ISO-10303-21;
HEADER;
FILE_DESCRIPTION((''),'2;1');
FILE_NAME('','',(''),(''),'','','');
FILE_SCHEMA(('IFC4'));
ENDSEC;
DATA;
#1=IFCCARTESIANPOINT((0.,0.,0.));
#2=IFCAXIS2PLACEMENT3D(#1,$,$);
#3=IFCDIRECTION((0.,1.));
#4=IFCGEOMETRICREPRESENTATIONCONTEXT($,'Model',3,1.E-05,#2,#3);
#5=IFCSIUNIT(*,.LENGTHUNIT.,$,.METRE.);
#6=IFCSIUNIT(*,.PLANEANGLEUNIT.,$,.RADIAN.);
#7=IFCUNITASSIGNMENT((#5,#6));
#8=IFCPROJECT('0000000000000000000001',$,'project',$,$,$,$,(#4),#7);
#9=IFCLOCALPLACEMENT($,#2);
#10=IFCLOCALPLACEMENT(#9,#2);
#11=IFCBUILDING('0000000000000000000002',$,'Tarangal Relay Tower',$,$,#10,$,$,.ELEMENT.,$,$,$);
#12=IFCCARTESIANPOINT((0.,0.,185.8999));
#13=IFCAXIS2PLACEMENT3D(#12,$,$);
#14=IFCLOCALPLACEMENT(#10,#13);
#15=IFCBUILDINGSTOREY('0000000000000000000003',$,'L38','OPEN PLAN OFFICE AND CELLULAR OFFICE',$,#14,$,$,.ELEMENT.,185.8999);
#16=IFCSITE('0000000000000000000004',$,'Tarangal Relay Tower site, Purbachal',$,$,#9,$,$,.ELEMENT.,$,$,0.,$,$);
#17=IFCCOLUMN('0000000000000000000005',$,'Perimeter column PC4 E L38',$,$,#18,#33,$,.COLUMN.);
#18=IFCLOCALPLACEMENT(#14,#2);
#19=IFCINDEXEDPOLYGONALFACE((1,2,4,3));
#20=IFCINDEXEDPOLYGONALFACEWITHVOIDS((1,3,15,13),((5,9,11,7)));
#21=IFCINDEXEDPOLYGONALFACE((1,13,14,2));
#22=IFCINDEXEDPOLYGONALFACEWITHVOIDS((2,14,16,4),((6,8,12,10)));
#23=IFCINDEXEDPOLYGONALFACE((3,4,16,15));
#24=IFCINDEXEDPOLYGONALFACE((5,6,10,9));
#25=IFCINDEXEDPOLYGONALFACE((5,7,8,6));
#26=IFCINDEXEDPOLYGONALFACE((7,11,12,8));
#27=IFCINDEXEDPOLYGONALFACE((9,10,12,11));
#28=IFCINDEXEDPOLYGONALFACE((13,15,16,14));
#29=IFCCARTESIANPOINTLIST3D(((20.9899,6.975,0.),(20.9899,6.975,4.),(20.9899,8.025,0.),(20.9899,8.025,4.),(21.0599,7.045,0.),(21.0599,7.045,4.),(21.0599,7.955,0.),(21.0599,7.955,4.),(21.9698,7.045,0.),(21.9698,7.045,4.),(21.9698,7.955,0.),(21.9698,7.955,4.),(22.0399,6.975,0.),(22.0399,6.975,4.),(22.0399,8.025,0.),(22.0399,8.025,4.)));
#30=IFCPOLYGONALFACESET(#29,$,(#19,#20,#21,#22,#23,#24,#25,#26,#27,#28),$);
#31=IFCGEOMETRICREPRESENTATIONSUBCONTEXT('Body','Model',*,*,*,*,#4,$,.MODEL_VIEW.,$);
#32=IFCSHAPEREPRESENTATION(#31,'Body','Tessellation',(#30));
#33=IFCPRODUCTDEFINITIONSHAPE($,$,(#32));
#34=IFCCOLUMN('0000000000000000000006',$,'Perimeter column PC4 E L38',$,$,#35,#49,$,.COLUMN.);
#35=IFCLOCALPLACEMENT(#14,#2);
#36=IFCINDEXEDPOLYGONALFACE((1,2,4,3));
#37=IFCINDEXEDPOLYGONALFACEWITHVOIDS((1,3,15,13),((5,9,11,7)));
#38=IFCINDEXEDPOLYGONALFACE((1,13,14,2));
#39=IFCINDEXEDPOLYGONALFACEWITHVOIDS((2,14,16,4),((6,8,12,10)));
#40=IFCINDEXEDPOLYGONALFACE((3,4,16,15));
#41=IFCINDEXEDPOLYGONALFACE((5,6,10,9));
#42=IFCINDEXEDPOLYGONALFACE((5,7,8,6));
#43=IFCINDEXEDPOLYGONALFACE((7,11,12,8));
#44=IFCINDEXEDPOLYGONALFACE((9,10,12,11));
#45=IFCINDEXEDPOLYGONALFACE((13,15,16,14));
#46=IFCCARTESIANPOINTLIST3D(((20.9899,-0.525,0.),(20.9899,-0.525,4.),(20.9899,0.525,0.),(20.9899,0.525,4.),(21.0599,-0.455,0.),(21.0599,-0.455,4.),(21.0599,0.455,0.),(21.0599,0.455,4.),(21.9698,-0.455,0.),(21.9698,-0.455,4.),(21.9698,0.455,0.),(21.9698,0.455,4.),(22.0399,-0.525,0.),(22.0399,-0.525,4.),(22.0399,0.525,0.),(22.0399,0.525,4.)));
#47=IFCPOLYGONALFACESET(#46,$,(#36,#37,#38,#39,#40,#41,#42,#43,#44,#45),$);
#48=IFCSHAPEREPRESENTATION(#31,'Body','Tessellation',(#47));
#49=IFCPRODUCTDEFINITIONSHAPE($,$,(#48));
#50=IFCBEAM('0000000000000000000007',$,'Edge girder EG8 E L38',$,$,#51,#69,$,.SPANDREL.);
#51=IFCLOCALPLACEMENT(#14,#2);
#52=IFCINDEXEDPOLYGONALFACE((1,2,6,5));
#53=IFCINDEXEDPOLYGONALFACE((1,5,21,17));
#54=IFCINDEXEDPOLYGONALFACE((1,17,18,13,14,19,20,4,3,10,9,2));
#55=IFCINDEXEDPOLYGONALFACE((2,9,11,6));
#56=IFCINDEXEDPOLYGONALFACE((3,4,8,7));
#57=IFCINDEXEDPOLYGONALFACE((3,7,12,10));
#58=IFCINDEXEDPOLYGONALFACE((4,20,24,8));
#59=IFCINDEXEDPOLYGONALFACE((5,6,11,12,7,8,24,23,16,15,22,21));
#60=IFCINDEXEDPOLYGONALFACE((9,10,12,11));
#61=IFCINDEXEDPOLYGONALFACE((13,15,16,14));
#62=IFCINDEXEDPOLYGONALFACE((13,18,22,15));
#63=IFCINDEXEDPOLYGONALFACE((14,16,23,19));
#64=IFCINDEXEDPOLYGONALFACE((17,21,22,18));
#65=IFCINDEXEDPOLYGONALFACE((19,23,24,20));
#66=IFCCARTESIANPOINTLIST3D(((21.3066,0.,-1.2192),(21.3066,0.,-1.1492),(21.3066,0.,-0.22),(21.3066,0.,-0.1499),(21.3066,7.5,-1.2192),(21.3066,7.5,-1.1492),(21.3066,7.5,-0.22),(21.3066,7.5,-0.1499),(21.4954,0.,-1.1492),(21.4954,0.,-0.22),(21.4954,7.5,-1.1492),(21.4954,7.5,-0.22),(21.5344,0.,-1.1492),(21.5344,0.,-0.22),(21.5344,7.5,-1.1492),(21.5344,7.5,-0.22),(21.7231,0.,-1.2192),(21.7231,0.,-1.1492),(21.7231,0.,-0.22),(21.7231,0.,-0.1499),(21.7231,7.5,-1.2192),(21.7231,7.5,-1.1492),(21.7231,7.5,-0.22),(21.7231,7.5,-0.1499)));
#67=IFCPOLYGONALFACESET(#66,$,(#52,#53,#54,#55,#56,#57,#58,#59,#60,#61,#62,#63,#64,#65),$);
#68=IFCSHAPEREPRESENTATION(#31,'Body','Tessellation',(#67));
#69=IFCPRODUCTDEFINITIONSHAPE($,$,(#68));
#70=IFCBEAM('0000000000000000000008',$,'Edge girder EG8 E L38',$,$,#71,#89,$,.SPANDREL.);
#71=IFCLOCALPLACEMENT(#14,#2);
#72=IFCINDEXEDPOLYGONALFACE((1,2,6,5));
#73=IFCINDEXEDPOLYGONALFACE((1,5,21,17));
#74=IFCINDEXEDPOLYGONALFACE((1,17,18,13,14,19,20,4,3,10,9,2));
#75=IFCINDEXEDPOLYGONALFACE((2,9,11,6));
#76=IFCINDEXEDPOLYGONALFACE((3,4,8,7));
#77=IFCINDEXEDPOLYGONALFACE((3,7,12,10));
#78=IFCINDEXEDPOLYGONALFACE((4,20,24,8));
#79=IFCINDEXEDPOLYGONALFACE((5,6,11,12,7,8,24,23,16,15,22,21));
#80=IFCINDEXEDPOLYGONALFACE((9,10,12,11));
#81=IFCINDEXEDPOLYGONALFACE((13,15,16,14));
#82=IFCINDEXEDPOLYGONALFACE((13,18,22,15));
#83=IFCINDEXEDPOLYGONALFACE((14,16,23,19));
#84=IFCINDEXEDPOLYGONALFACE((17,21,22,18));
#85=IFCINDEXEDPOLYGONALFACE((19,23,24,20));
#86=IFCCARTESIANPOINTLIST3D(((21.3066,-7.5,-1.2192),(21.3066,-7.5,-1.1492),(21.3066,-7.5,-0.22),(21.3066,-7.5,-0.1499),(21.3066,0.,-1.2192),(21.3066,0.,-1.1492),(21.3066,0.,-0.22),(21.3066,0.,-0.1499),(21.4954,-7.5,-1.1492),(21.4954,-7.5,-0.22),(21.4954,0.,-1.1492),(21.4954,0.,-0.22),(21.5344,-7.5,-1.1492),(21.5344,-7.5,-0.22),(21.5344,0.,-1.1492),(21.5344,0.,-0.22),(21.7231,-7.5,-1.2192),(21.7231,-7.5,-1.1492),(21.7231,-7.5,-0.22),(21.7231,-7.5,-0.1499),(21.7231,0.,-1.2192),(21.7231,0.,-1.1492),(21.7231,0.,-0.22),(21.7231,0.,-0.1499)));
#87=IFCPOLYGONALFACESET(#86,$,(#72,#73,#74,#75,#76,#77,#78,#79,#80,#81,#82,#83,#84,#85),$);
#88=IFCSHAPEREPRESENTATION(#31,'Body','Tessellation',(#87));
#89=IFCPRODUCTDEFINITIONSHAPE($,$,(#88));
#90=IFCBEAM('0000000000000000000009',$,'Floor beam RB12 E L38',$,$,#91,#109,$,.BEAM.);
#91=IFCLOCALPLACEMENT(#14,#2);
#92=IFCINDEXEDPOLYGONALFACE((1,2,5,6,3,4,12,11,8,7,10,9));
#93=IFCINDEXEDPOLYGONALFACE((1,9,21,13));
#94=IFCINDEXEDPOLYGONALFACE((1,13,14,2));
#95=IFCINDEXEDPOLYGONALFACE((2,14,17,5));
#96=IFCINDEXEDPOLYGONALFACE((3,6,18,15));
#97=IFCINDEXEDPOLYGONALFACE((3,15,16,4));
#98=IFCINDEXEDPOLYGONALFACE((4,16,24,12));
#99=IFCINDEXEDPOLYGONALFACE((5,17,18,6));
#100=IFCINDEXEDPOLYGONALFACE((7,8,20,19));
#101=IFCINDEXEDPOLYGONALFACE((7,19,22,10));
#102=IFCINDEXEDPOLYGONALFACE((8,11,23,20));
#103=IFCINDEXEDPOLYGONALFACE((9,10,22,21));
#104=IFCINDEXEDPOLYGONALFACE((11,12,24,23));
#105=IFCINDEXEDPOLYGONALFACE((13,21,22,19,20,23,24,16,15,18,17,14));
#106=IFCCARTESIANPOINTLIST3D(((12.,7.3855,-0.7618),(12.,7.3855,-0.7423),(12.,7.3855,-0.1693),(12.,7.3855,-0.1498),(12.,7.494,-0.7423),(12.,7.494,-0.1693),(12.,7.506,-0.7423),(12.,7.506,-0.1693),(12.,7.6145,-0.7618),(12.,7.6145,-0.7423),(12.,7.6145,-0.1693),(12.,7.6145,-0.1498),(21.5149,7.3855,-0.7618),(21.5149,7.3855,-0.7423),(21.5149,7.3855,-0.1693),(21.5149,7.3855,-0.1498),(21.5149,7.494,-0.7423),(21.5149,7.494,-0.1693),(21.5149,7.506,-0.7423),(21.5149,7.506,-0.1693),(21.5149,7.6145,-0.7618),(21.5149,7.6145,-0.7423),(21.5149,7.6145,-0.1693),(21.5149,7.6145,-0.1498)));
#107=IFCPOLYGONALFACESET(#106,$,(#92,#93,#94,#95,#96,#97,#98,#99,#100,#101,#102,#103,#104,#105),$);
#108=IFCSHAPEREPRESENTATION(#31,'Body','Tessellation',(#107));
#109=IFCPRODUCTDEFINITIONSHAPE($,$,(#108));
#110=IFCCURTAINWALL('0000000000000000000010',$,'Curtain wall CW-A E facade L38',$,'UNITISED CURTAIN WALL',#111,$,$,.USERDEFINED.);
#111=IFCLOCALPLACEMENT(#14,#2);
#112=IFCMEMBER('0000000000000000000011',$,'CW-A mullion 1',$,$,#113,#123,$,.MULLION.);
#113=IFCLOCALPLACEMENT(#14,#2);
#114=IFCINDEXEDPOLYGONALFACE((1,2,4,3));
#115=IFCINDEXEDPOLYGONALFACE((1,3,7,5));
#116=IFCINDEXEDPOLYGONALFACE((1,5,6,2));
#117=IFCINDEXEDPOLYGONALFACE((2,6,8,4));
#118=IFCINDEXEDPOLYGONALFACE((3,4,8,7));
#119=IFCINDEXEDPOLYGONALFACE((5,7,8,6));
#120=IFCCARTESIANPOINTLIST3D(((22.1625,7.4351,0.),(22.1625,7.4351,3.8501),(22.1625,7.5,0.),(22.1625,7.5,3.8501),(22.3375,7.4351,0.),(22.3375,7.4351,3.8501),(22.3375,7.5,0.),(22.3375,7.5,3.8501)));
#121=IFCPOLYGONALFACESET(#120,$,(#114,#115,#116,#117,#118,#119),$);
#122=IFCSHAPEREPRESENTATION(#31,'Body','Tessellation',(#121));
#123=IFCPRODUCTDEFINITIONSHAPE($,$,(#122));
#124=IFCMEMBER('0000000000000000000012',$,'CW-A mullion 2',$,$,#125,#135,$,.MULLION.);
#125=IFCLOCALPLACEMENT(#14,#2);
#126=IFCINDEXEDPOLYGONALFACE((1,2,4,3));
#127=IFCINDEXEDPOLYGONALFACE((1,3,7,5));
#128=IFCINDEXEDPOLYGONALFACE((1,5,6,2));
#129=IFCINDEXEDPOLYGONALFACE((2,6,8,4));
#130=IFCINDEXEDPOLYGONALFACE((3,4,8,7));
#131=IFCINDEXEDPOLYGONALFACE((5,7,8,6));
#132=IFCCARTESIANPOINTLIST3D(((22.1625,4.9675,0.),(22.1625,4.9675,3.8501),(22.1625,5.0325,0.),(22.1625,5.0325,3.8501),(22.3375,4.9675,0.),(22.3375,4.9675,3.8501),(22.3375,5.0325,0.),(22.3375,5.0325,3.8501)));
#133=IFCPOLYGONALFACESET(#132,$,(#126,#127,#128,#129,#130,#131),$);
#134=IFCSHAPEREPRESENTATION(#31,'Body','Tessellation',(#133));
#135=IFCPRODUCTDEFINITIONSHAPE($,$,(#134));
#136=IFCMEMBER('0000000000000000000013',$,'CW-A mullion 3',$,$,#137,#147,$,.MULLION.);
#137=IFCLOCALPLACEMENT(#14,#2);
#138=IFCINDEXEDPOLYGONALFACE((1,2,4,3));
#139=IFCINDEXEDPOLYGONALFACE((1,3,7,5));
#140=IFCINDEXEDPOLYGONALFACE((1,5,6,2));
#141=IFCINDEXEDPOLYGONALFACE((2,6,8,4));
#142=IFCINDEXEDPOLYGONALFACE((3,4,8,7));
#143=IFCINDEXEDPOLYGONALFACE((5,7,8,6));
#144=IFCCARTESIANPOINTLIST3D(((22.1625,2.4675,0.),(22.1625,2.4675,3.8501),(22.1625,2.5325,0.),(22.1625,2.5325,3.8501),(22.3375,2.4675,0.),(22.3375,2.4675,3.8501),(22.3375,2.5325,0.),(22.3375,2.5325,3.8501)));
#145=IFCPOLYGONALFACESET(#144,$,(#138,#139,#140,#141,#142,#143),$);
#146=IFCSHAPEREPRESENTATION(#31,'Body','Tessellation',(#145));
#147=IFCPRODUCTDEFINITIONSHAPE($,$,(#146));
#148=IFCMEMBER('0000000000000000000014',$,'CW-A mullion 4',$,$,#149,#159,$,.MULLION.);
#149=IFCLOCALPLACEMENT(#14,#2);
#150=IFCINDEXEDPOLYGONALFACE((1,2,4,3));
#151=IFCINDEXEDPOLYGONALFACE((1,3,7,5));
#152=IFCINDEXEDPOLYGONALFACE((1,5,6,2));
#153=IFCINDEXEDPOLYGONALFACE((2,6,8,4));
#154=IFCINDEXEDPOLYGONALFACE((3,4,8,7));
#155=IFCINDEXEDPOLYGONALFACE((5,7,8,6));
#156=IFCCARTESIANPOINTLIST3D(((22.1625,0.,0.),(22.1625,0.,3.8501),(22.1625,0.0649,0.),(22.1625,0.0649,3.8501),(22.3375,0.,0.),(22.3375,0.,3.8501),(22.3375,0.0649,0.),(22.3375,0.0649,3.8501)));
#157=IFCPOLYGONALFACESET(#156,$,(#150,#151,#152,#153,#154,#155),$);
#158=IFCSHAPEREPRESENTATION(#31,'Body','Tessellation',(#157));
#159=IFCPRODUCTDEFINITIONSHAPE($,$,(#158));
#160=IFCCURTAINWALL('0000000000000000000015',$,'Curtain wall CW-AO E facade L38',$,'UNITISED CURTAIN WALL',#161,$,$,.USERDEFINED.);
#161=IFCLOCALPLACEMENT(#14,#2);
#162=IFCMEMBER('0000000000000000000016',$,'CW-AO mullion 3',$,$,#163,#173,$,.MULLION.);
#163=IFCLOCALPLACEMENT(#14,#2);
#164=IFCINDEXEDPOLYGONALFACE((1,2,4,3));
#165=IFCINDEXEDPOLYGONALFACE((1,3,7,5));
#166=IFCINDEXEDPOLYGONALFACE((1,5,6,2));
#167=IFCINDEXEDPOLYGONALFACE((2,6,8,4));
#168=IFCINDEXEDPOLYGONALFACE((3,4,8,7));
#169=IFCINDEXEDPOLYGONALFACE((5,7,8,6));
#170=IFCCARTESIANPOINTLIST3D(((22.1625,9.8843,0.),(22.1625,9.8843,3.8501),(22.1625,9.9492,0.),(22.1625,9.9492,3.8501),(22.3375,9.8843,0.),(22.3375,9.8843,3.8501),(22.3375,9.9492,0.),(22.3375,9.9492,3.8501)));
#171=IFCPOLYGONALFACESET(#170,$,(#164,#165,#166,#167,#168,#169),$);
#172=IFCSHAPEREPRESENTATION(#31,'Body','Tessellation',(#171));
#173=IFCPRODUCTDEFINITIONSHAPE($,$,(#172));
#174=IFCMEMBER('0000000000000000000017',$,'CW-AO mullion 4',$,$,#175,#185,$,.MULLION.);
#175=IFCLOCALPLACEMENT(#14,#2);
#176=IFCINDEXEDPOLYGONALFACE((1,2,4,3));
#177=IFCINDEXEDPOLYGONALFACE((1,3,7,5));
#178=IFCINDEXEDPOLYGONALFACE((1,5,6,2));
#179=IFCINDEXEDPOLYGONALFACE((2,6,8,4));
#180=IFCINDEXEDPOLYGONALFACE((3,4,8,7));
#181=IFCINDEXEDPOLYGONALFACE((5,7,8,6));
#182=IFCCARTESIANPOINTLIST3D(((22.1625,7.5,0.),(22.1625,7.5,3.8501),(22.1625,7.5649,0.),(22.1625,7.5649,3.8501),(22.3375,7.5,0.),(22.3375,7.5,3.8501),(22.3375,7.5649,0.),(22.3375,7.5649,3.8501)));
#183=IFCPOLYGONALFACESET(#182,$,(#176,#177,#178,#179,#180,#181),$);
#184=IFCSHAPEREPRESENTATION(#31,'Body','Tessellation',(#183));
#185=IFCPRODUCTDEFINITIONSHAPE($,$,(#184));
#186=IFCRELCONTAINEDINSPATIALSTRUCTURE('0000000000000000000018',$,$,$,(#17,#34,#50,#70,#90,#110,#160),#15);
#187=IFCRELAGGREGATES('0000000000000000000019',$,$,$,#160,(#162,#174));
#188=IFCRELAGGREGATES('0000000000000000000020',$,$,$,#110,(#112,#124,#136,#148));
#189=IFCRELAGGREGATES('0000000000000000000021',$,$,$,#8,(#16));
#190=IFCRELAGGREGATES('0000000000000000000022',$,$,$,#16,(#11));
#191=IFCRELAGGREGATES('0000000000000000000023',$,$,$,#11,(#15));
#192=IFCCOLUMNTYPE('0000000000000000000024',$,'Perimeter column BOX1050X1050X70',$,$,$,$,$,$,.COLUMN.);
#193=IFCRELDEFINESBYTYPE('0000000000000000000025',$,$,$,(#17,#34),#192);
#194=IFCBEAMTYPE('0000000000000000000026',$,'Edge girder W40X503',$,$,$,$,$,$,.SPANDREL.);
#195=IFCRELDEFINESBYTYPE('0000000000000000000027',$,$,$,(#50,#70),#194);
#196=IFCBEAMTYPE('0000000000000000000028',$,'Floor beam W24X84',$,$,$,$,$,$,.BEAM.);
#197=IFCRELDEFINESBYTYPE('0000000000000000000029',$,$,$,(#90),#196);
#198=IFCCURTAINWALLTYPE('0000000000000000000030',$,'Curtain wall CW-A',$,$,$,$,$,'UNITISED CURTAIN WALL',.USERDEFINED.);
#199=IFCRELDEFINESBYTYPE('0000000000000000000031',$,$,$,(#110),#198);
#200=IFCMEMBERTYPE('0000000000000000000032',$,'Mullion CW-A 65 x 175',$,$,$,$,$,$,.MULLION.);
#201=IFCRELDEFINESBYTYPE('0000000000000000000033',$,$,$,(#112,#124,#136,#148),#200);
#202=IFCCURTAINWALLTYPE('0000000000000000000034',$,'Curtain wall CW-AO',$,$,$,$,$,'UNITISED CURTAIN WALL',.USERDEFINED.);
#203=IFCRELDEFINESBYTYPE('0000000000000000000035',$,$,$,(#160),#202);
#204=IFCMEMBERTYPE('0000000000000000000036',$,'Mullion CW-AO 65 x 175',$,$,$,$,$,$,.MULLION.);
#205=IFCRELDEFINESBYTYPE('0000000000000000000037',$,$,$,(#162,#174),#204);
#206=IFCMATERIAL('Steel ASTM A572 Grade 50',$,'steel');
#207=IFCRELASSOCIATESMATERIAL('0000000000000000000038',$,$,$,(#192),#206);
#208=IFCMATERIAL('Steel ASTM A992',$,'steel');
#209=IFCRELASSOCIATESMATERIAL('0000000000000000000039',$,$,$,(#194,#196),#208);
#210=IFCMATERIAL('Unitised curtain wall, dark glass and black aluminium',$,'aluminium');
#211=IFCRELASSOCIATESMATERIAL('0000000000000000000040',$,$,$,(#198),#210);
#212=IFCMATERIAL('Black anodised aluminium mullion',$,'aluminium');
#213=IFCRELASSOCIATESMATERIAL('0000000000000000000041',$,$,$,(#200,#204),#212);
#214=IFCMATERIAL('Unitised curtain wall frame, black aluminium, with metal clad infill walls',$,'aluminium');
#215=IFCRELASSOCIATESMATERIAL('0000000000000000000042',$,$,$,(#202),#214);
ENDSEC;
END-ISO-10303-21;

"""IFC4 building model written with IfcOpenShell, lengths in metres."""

from ifc_helpers import new_model, si_unit, direction, frame, origin, origin_2d, place, context, subcontext, project, spatial, rectangle, hollow_rectangle, i_section, extrude, material, material_profile, profile_set, type_object, element, aggregate, save


model = new_model("IFC4")

# Units and contexts
model_context = context("Model", 3, precision=1e-05, world=origin(), true_north=direction((0.0, 1.0)))
body_context = subcontext(model_context, "Body", "Model", "MODEL_VIEW")
ifc_project = project(units=[si_unit("LENGTHUNIT", "METRE"), si_unit("PLANEANGLEUNIT", "RADIAN")], contexts=[model_context])

# Site, building, storey
site_placement = place(None, origin())
site = spatial("IfcSite", under=ifc_project, at=site_placement, Name="Tarangal Relay Tower site, Purbachal", CompositionType="ELEMENT", RefElevation=0.0)
building_placement = place(site_placement, origin())
building = spatial("IfcBuilding", under=site, at=building_placement, Name="Tarangal Relay Tower", CompositionType="ELEMENT")
storey_placement = place(building_placement, frame((0.0, 0.0, 185.8999)))
storey = spatial("IfcBuildingStorey", under=building, at=storey_placement, Name="L38", Description="OPEN PLAN OFFICE AND CELLULAR OFFICE", CompositionType="ELEMENT", Elevation=185.8999)

# Columns
ifc_material_1 = material(Name="Steel ASTM A572 Grade 50", Category="steel")
ifc_material_profile_1 = material_profile(ifc_material_1, hollow_rectangle(XDim=1.05, YDim=1.05, WallThickness=0.0701, at=origin_2d()), Name="BOX1050X1050X70")
ifc_profile_set_1 = profile_set([ifc_material_profile_1], Name="Steel ASTM A572 Grade 50")
column_type = type_object("IfcColumnType", Name="Perimeter column BOX1050X1050X70", PredefinedType="COLUMN", material=ifc_profile_set_1)
for number, where, z_axis, x_axis, name in (
    (1, (21.5149, 7.5, 0.0), (0.0, 0.0, 1.0), (1.0, 0.0, 0.0), "Perimeter column PC4 E L38"),
    (2, (21.5149, 0.0, 0.0), (0.0, 0.0, 1.0), (1.0, 0.0, 0.0), "Perimeter column PC4 E L38"),
):
    element("IfcColumn", number, at=place(storey_placement, frame(where, z_axis=z_axis, x_axis=x_axis)), inside=storey, type_object=column_type, Name=name, PredefinedType="COLUMN", context=body_context, shape_type="SweptSolid", body=[
        extrude(hollow_rectangle(XDim=1.05, YDim=1.05, WallThickness=0.0701, at=origin_2d()), origin(), (0.0, 0.0, 1.0), 4.0),
    ])

# Beams
ifc_material_2 = material(Name="Steel ASTM A992", Category="steel")
ifc_material_profile_2 = material_profile(ifc_material_2, i_section(OverallWidth=0.4165, OverallDepth=1.0693, WebThickness=0.0391, FlangeThickness=0.0701, at=origin_2d()), Name="W40X503")
ifc_profile_set_2 = profile_set([ifc_material_profile_2], Name="Steel ASTM A992")
beam_type_1 = type_object("IfcBeamType", Name="Edge girder W40X503", PredefinedType="SPANDREL", material=ifc_profile_set_2)
for number, where, z_axis, x_axis, name in (
    (3, (21.5149, 7.5, -0.6846), (0.0, -1.0, 0.0), (1.0, 0.0, 0.0), "Edge girder EG8 E L38"),
    (4, (21.5149, 0.0, -0.6846), (0.0, -1.0, 0.0), (1.0, 0.0, 0.0), "Edge girder EG8 E L38"),
):
    element("IfcBeam", number, at=place(storey_placement, frame(where, z_axis=z_axis, x_axis=x_axis)), inside=storey, type_object=beam_type_1, Name=name, PredefinedType="SPANDREL", context=body_context, shape_type="SweptSolid", body=[
        extrude(i_section(OverallWidth=0.4165, OverallDepth=1.0693, WebThickness=0.0391, FlangeThickness=0.0701, at=origin_2d()), origin(), (0.0, 0.0, 1.0), 7.5),
    ])
ifc_material_profile_3 = material_profile(ifc_material_2, i_section(OverallWidth=0.229, OverallDepth=0.6121, WebThickness=0.012, FlangeThickness=0.0195, at=origin_2d()), Name="W24X84")
ifc_profile_set_3 = profile_set([ifc_material_profile_3], Name="Steel ASTM A992")
beam_type_2 = type_object("IfcBeamType", Name="Floor beam W24X84", PredefinedType="BEAM", material=ifc_profile_set_3)
beam_placement = place(storey_placement, frame((12.0, 7.5, -0.4558), z_axis=(1.0, 0.0, 0.0), x_axis=(0.0, 1.0, 0.0)))
element("IfcBeam", 5, at=beam_placement, inside=storey, type_object=beam_type_2, Name="Floor beam RB12 E L38", PredefinedType="BEAM", context=body_context, shape_type="SweptSolid", body=[
    extrude(i_section(OverallWidth=0.229, OverallDepth=0.6121, WebThickness=0.012, FlangeThickness=0.0195, at=origin_2d()), origin(), (0.0, 0.0, 1.0), 9.5149),
])

# Curtain walls, members
ifc_material_3 = material(Name="Unitised curtain wall, dark glass and black aluminium", Category="aluminium")
curtain_wall_type_1 = type_object("IfcCurtainWallType", Name="Curtain wall CW-A", ElementType="UNITISED CURTAIN WALL", PredefinedType="USERDEFINED", material=ifc_material_3)
curtain_wall_1_placement = place(storey_placement, origin())
curtain_wall_1 = element("IfcCurtainWall", 6, at=curtain_wall_1_placement, inside=storey, type_object=curtain_wall_type_1, Name="Curtain wall CW-A E facade L38", ObjectType="UNITISED CURTAIN WALL", PredefinedType="USERDEFINED")
ifc_material_4 = material(Name="Black anodised aluminium mullion", Category="aluminium")
ifc_material_profile_4 = material_profile(ifc_material_4, rectangle(XDim=0.175, YDim=0.0649, at=origin_2d()), Name="CW-AM 65X175")
ifc_profile_set_4 = profile_set([ifc_material_profile_4], Name="Black anodised aluminium mullion")
member_type_1 = type_object("IfcMemberType", Name="Mullion CW-A 65 x 175", PredefinedType="MULLION", material=ifc_profile_set_4)
member_1_placement = place(storey_placement, frame((22.25, 7.4675, 0.0), z_axis=(0.0, 0.0, 1.0), x_axis=(1.0, 0.0, 0.0)))
member_1 = element("IfcMember", 7, at=member_1_placement, type_object=member_type_1, Name="CW-A mullion 1", PredefinedType="MULLION", context=body_context, shape_type="SweptSolid", body=[
    extrude(rectangle(XDim=0.175, YDim=0.0649, at=origin_2d()), origin(), (0.0, 0.0, 1.0), 3.8501),
])
member_2_placement = place(storey_placement, frame((22.25, 5.0, 0.0), z_axis=(0.0, 0.0, 1.0), x_axis=(1.0, 0.0, 0.0)))
member_2 = element("IfcMember", 8, at=member_2_placement, type_object=member_type_1, Name="CW-A mullion 2", PredefinedType="MULLION", context=body_context, shape_type="SweptSolid", body=[
    extrude(rectangle(XDim=0.175, YDim=0.0649, at=origin_2d()), origin(), (0.0, 0.0, 1.0), 3.8501),
])
member_3_placement = place(storey_placement, frame((22.25, 2.5, 0.0), z_axis=(0.0, 0.0, 1.0), x_axis=(1.0, 0.0, 0.0)))
member_3 = element("IfcMember", 9, at=member_3_placement, type_object=member_type_1, Name="CW-A mullion 3", PredefinedType="MULLION", context=body_context, shape_type="SweptSolid", body=[
    extrude(rectangle(XDim=0.175, YDim=0.0649, at=origin_2d()), origin(), (0.0, 0.0, 1.0), 3.8501),
])
member_4_placement = place(storey_placement, frame((22.25, 0.0325, 0.0), z_axis=(0.0, 0.0, 1.0), x_axis=(1.0, 0.0, 0.0)))
member_4 = element("IfcMember", 10, at=member_4_placement, type_object=member_type_1, Name="CW-A mullion 4", PredefinedType="MULLION", context=body_context, shape_type="SweptSolid", body=[
    extrude(rectangle(XDim=0.175, YDim=0.0649, at=origin_2d()), origin(), (0.0, 0.0, 1.0), 3.8501),
])
ifc_material_5 = material(Name="Unitised curtain wall frame, black aluminium, with metal clad infill walls", Category="aluminium")
curtain_wall_type_2 = type_object("IfcCurtainWallType", Name="Curtain wall CW-AO", ElementType="UNITISED CURTAIN WALL", PredefinedType="USERDEFINED", material=ifc_material_5)
curtain_wall_2_placement = place(storey_placement, origin())
curtain_wall_2 = element("IfcCurtainWall", 11, at=curtain_wall_2_placement, inside=storey, type_object=curtain_wall_type_2, Name="Curtain wall CW-AO E facade L38", ObjectType="UNITISED CURTAIN WALL", PredefinedType="USERDEFINED")
ifc_material_profile_5 = material_profile(ifc_material_4, rectangle(XDim=0.175, YDim=0.0649, at=origin_2d()), Name="CW-AOM 65X175")
ifc_profile_set_5 = profile_set([ifc_material_profile_5], Name="Black anodised aluminium mullion")
member_type_2 = type_object("IfcMemberType", Name="Mullion CW-AO 65 x 175", PredefinedType="MULLION", material=ifc_profile_set_5)
member_5_placement = place(storey_placement, frame((22.25, 9.9167, 0.0), z_axis=(0.0, 0.0, 1.0), x_axis=(1.0, 0.0, 0.0)))
member_5 = element("IfcMember", 12, at=member_5_placement, type_object=member_type_2, Name="CW-AO mullion 3", PredefinedType="MULLION", context=body_context, shape_type="SweptSolid", body=[
    extrude(rectangle(XDim=0.175, YDim=0.0649, at=origin_2d()), origin(), (0.0, 0.0, 1.0), 3.8501),
])
member_6_placement = place(storey_placement, frame((22.25, 7.5325, 0.0), z_axis=(0.0, 0.0, 1.0), x_axis=(1.0, 0.0, 0.0)))
member_6 = element("IfcMember", 13, at=member_6_placement, type_object=member_type_2, Name="CW-AO mullion 4", PredefinedType="MULLION", context=body_context, shape_type="SweptSolid", body=[
    extrude(rectangle(XDim=0.175, YDim=0.0649, at=origin_2d()), origin(), (0.0, 0.0, 1.0), 3.8501),
])

aggregate(curtain_wall_2, [member_5, member_6])

aggregate(curtain_wall_1, [member_1, member_2, member_3, member_4])

save(model, "model.ifc")
